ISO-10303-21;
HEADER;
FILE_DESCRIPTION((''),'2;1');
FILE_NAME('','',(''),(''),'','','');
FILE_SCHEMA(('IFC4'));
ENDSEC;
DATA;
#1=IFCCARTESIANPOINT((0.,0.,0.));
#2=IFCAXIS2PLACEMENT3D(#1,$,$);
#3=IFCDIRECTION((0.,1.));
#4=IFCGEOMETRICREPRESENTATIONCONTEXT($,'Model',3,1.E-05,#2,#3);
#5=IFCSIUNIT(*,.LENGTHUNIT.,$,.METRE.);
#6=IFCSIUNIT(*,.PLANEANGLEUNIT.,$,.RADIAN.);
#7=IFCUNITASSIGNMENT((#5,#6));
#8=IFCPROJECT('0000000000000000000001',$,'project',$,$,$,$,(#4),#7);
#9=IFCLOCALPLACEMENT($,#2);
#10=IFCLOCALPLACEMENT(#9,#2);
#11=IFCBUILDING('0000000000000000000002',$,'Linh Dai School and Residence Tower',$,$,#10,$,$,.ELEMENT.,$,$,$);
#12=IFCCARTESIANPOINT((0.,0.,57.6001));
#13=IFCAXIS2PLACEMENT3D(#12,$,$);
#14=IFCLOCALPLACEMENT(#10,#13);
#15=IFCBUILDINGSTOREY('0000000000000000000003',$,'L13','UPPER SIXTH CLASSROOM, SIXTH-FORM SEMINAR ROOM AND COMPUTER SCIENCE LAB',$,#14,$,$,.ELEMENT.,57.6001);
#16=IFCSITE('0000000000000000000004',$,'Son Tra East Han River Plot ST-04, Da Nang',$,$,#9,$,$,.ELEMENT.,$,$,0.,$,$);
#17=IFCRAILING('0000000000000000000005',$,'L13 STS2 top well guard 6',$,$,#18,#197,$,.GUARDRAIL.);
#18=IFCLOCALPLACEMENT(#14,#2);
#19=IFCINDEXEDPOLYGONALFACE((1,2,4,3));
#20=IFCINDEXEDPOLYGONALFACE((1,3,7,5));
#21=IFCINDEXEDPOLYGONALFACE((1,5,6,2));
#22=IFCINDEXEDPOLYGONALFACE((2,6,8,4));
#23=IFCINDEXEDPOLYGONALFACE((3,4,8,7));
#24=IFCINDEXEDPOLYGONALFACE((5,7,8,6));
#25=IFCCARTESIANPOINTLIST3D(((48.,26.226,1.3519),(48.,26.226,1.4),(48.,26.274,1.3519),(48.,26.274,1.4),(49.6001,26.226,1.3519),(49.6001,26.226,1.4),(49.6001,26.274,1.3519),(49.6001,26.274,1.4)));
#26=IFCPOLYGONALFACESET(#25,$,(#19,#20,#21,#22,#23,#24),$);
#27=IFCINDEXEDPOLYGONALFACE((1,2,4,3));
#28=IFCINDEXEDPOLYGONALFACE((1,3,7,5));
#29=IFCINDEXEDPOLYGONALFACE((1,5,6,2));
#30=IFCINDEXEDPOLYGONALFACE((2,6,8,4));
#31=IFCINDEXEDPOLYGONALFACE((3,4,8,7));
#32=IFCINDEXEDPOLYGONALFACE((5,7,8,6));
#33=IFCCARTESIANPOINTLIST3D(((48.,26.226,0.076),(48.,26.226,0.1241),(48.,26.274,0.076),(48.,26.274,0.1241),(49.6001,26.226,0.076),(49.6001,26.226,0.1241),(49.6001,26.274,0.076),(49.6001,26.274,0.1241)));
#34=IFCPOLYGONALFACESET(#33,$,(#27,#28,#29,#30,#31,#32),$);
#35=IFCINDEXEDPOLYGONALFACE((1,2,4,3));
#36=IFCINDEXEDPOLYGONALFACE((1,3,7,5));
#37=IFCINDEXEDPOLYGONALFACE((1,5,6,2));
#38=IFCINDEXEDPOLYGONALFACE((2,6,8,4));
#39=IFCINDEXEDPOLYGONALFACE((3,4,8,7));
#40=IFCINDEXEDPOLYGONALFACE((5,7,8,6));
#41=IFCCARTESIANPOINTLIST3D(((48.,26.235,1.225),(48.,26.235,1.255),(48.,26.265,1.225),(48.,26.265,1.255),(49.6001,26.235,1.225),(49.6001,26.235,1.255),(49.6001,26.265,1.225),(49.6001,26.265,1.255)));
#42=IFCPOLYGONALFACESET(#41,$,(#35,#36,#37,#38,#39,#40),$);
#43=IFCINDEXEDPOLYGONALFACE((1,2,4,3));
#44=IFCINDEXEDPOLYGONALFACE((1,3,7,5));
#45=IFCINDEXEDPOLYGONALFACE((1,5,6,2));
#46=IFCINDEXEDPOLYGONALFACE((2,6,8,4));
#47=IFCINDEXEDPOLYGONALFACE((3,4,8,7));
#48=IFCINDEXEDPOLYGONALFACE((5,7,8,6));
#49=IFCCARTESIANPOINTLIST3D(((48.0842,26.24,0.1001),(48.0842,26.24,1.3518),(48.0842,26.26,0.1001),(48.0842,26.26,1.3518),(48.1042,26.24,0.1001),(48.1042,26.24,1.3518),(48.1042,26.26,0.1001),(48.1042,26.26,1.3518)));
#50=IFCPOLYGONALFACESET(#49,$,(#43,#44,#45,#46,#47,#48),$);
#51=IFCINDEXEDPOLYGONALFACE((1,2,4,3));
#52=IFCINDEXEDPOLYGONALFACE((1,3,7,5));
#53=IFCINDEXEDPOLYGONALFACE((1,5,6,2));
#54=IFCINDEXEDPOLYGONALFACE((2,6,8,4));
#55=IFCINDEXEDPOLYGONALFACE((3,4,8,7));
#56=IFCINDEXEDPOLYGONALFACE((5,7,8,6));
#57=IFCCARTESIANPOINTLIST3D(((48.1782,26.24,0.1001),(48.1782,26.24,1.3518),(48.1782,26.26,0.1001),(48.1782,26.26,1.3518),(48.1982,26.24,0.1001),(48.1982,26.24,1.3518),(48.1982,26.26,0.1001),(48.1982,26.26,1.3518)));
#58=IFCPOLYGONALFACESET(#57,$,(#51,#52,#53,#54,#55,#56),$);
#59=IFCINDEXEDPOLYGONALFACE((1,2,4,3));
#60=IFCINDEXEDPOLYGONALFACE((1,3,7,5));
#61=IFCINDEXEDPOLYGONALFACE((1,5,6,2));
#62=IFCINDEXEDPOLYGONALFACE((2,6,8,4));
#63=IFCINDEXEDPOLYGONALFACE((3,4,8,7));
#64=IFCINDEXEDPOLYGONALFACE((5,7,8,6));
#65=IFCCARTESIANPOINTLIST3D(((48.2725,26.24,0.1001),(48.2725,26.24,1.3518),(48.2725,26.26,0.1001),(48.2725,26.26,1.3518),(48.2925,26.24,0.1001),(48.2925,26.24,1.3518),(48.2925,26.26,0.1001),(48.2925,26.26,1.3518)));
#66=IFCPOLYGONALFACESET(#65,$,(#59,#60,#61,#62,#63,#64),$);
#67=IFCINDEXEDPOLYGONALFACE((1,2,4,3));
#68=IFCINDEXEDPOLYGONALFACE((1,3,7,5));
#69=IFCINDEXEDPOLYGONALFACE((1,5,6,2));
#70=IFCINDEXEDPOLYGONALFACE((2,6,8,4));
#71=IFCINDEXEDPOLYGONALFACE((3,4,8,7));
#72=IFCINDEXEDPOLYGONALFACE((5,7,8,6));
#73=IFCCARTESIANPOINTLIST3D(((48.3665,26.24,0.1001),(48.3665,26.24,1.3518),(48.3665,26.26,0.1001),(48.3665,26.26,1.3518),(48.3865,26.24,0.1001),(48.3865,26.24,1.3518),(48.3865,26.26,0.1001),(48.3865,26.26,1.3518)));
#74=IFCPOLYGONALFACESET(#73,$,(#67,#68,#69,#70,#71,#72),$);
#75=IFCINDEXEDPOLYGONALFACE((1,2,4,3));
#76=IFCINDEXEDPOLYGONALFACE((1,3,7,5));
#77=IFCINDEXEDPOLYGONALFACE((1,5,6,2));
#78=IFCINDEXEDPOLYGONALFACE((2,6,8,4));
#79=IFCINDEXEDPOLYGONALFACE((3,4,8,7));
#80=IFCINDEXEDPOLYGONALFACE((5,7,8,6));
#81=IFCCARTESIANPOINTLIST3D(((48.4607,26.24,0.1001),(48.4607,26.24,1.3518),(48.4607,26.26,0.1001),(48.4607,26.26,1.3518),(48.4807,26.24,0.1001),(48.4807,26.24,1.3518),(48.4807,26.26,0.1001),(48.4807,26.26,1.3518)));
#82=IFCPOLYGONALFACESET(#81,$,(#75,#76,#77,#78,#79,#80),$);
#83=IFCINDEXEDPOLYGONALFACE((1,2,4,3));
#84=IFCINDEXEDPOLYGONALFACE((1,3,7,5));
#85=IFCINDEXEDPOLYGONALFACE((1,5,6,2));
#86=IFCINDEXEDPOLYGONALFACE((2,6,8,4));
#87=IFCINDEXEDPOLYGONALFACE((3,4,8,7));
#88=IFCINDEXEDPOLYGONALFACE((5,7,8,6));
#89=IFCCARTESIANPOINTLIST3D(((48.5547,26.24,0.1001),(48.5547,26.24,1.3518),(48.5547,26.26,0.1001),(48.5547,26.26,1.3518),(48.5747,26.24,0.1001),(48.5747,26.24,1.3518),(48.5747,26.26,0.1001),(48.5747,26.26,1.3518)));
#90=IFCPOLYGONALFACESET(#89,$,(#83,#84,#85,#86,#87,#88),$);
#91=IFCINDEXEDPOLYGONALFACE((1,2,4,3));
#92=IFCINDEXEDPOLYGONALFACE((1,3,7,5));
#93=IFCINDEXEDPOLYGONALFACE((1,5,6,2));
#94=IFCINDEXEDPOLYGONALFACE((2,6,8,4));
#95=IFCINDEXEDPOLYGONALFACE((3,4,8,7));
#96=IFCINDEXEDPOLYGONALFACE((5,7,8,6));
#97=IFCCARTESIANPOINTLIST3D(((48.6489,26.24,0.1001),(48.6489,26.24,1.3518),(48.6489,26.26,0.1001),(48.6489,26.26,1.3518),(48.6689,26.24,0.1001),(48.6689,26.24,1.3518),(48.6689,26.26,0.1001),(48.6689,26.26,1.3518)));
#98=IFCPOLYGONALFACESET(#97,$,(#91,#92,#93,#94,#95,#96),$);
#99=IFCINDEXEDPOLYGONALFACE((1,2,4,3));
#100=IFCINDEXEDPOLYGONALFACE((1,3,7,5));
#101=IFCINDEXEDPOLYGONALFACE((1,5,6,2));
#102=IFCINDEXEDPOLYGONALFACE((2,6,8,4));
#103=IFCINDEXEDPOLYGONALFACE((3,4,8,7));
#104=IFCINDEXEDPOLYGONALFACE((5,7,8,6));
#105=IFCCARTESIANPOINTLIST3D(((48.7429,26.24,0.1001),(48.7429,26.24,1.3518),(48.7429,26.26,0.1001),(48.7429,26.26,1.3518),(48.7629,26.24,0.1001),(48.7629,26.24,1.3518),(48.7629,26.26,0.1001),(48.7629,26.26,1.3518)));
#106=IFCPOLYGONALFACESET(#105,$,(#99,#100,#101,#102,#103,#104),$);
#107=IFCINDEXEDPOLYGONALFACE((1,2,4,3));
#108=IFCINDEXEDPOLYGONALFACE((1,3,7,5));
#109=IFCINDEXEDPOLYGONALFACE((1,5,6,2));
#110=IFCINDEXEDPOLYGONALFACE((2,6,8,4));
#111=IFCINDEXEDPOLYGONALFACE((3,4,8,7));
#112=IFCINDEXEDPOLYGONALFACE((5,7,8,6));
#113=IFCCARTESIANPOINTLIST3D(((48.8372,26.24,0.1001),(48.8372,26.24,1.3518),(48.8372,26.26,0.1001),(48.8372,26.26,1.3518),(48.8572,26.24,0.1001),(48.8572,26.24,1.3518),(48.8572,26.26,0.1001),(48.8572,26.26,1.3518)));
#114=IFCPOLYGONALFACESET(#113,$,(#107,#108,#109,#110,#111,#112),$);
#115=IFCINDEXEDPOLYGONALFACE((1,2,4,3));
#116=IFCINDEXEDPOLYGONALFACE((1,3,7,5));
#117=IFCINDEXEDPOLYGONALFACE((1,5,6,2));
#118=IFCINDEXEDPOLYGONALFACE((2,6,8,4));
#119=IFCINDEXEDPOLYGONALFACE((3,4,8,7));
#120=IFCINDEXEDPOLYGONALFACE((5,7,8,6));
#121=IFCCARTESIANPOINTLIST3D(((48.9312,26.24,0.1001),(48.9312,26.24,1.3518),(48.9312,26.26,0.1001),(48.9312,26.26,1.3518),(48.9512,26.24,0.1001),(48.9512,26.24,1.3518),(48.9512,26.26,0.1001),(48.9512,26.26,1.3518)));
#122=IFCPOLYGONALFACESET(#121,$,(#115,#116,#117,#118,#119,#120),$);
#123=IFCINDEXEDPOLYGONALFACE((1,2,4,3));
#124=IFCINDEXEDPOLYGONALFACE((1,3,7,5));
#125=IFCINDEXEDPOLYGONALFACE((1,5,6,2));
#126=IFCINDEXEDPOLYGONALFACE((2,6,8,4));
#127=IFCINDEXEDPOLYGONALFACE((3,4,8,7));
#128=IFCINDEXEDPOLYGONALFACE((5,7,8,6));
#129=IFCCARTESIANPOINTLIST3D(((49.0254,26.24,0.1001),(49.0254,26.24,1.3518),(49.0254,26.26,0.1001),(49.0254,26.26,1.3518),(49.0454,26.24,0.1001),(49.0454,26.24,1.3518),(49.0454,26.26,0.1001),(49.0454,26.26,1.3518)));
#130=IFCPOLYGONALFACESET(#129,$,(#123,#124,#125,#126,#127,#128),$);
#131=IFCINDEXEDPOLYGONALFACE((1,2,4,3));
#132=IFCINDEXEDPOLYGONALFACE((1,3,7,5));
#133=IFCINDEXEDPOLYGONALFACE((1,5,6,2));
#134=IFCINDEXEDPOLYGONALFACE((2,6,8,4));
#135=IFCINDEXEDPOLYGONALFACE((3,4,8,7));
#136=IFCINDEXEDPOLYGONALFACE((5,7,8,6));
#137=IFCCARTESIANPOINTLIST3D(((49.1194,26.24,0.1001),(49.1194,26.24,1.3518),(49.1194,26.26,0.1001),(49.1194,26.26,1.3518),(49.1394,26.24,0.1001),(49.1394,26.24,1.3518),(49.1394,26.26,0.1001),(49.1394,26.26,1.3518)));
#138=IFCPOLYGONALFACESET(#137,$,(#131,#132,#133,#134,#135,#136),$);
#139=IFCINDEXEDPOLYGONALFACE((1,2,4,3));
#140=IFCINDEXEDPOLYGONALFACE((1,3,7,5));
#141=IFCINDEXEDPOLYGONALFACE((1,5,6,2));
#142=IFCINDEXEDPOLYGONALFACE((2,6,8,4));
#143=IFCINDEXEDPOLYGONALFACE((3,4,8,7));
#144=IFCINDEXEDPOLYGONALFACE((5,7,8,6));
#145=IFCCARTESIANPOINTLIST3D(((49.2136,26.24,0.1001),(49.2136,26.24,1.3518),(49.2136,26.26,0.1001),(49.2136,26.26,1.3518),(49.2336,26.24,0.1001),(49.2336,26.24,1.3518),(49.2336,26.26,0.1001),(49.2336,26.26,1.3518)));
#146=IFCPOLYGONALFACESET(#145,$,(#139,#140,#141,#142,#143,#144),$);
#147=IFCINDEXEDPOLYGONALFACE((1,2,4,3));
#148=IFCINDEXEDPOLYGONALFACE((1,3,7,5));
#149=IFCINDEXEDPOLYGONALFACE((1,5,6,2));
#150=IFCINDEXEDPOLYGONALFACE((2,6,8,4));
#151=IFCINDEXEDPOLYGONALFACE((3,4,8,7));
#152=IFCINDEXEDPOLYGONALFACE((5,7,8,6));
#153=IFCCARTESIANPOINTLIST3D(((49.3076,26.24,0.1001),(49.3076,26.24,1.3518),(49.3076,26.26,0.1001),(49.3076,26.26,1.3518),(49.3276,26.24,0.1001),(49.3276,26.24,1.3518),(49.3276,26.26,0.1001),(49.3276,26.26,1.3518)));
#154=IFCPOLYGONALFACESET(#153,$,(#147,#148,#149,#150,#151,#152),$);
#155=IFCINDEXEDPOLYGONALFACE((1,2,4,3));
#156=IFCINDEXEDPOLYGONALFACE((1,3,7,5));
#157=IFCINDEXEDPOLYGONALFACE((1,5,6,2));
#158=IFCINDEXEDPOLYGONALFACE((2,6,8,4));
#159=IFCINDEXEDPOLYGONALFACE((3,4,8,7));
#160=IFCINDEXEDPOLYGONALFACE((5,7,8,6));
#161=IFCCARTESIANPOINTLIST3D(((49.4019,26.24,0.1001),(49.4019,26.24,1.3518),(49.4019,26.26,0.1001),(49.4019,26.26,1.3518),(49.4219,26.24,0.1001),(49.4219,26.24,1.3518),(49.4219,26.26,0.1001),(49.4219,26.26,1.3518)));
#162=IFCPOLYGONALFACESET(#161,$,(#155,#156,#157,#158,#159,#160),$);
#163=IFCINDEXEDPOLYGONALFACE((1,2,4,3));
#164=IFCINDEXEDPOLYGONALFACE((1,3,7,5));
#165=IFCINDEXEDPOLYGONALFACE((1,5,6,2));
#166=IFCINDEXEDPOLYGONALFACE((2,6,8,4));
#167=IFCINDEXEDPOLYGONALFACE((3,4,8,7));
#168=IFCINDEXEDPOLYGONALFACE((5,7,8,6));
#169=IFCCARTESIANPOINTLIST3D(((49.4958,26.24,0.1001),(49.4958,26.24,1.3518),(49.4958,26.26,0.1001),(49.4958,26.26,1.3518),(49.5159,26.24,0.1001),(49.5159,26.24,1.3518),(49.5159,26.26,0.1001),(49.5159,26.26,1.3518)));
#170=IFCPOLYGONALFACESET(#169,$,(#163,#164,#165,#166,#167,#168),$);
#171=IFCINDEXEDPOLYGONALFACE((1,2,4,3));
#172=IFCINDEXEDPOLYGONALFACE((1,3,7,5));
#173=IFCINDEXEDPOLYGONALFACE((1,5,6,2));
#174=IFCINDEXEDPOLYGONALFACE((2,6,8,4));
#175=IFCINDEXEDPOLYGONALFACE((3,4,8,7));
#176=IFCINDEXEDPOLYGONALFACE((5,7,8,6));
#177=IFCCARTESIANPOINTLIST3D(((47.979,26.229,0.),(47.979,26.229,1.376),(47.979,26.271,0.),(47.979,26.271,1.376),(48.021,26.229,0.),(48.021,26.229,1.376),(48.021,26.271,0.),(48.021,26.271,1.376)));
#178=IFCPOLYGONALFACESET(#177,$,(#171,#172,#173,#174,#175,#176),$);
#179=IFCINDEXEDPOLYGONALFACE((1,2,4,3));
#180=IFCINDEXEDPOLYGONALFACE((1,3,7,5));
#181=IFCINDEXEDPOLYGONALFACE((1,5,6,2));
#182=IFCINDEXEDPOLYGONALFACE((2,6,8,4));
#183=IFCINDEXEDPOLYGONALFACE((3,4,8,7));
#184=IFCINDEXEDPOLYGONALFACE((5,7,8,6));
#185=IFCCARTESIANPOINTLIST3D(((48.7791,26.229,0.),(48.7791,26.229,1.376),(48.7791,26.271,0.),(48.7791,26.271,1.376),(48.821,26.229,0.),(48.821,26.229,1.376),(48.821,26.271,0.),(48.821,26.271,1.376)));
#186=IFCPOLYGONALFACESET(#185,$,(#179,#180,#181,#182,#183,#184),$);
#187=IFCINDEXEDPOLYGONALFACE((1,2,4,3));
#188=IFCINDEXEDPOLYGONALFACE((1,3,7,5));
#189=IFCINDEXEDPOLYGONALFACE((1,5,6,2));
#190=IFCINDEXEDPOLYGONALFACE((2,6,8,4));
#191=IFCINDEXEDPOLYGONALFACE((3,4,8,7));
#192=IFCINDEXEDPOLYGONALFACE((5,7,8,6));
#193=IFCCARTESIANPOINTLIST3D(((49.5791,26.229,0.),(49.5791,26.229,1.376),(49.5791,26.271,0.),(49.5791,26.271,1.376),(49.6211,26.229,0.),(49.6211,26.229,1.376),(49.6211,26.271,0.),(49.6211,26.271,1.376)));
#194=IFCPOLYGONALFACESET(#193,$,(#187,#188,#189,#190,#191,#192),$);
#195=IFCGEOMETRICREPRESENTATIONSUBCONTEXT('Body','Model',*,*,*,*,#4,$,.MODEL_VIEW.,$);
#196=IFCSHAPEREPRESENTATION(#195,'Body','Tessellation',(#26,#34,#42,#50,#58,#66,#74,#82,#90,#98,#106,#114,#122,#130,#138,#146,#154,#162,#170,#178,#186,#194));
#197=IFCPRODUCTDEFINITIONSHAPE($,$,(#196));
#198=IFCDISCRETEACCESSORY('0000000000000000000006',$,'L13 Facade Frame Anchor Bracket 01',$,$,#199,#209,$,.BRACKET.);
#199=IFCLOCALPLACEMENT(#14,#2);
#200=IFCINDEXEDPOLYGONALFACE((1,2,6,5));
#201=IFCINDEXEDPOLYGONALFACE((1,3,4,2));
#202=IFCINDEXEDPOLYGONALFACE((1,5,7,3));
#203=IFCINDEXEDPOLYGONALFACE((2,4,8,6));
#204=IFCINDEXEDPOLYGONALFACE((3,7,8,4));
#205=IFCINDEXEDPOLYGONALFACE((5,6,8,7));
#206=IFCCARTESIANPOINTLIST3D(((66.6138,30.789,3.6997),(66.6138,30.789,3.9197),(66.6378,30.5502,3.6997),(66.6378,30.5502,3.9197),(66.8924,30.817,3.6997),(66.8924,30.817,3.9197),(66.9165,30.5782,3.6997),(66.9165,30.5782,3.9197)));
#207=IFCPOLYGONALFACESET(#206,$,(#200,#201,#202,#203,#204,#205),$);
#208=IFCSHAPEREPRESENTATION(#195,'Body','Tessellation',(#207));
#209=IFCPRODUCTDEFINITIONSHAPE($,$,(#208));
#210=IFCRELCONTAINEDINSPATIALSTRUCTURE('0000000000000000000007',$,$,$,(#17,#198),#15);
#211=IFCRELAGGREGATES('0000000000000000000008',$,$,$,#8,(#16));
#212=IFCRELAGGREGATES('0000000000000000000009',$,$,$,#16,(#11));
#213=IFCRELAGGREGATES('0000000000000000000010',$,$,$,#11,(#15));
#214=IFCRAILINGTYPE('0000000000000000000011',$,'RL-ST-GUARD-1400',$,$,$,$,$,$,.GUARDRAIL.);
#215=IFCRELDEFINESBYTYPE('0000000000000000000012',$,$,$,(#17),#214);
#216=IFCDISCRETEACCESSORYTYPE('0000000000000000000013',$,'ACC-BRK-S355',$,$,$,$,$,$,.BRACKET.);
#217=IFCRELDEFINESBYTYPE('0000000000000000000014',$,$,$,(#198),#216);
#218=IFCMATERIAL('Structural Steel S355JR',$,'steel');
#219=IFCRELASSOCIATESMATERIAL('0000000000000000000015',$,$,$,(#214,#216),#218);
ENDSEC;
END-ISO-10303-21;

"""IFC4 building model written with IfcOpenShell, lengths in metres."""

from ifc_helpers import new_model, si_unit, direction, frame, origin, origin_2d, place, context, subcontext, project, spatial, rectangle, extrude, source, transform, mapped, material, type_object, element, save


model = new_model("IFC4")

# Units and contexts
model_context = context("Model", 3, precision=1e-05, world=origin(), true_north=direction((0.0, 1.0)))
body_context = subcontext(model_context, "Body", "Model", "MODEL_VIEW")
ifc_project = project(units=[si_unit("LENGTHUNIT", "METRE"), si_unit("PLANEANGLEUNIT", "RADIAN")], contexts=[model_context])

# Site, building, storey
site_placement = place(None, origin())
site = spatial("IfcSite", under=ifc_project, at=site_placement, Name="Son Tra East Han River Plot ST-04, Da Nang", CompositionType="ELEMENT", RefElevation=0.0)
building_placement = place(site_placement, origin())
building = spatial("IfcBuilding", under=site, at=building_placement, Name="Linh Dai School and Residence Tower", CompositionType="ELEMENT")
storey_placement = place(building_placement, frame((0.0, 0.0, 57.6001)))
storey = spatial("IfcBuildingStorey", under=building, at=storey_placement, Name="L13", Description="UPPER SIXTH CLASSROOM, SIXTH-FORM SEMINAR ROOM AND COMPUTER SCIENCE LAB", CompositionType="ELEMENT", Elevation=57.6001)

# Shared definitions
ifc_material_1 = material(Name="Structural Steel S355JR", Category="steel")

# Railing
railing_type = type_object("IfcRailingType", Name="RL-ST-GUARD-1400", PredefinedType="GUARDRAIL", material=ifc_material_1)
shared_shape_1 = source(origin(), body_context, "Body", "SweptSolid", [
    extrude(rectangle(XDim=0.0481, YDim=0.0481, at=origin_2d()), frame((0.0, 0.0, 1.376), z_axis=(1.0, 0.0, 0.0), x_axis=(0.0, 1.0, 0.0)), (0.0, 0.0, 1.0), 1.6001),
    extrude(rectangle(XDim=0.0481, YDim=0.0481, at=origin_2d()), frame((0.0, 0.0, 0.1001), z_axis=(1.0, 0.0, 0.0), x_axis=(0.0, 1.0, 0.0)), (0.0, 0.0, 1.0), 1.6001),
    extrude(rectangle(XDim=0.03, YDim=0.03, at=origin_2d()), frame((0.0, 0.0, 1.24), z_axis=(1.0, 0.0, 0.0), x_axis=(0.0, 1.0, 0.0)), (0.0, 0.0, 1.0), 1.6001),
    extrude(rectangle(XDim=0.02, YDim=0.02, at=origin_2d()), frame((0.0942, 0.0, 0.1001)), (0.0, 0.0, 1.0), 1.2517),
    extrude(rectangle(XDim=0.02, YDim=0.02, at=origin_2d()), frame((0.1882, 0.0, 0.1001)), (0.0, 0.0, 1.0), 1.2517),
    extrude(rectangle(XDim=0.02, YDim=0.02, at=origin_2d()), frame((0.2825, 0.0, 0.1001)), (0.0, 0.0, 1.0), 1.2517),
    extrude(rectangle(XDim=0.02, YDim=0.02, at=origin_2d()), frame((0.3765, 0.0, 0.1001)), (0.0, 0.0, 1.0), 1.2517),
    extrude(rectangle(XDim=0.02, YDim=0.02, at=origin_2d()), frame((0.4707, 0.0, 0.1001)), (0.0, 0.0, 1.0), 1.2517),
    extrude(rectangle(XDim=0.02, YDim=0.02, at=origin_2d()), frame((0.5647, 0.0, 0.1001)), (0.0, 0.0, 1.0), 1.2517),
    extrude(rectangle(XDim=0.02, YDim=0.02, at=origin_2d()), frame((0.6589, 0.0, 0.1001)), (0.0, 0.0, 1.0), 1.2517),
    extrude(rectangle(XDim=0.02, YDim=0.02, at=origin_2d()), frame((0.7529, 0.0, 0.1001)), (0.0, 0.0, 1.0), 1.2517),
    extrude(rectangle(XDim=0.02, YDim=0.02, at=origin_2d()), frame((0.8472, 0.0, 0.1001)), (0.0, 0.0, 1.0), 1.2517),
    extrude(rectangle(XDim=0.02, YDim=0.02, at=origin_2d()), frame((0.9412, 0.0, 0.1001)), (0.0, 0.0, 1.0), 1.2517),
    extrude(rectangle(XDim=0.02, YDim=0.02, at=origin_2d()), frame((1.0354, 0.0, 0.1001)), (0.0, 0.0, 1.0), 1.2517),
    extrude(rectangle(XDim=0.02, YDim=0.02, at=origin_2d()), frame((1.1294, 0.0, 0.1001)), (0.0, 0.0, 1.0), 1.2517),
    extrude(rectangle(XDim=0.02, YDim=0.02, at=origin_2d()), frame((1.2236, 0.0, 0.1001)), (0.0, 0.0, 1.0), 1.2517),
    extrude(rectangle(XDim=0.02, YDim=0.02, at=origin_2d()), frame((1.3176, 0.0, 0.1001)), (0.0, 0.0, 1.0), 1.2517),
    extrude(rectangle(XDim=0.02, YDim=0.02, at=origin_2d()), frame((1.4119, 0.0, 0.1001)), (0.0, 0.0, 1.0), 1.2517),
    extrude(rectangle(XDim=0.02, YDim=0.02, at=origin_2d()), frame((1.5059, 0.0, 0.1001)), (0.0, 0.0, 1.0), 1.2517),
    extrude(rectangle(XDim=0.042, YDim=0.042, at=origin_2d()), origin(), (0.0, 0.0, 1.0), 1.376),
    extrude(rectangle(XDim=0.042, YDim=0.042, at=origin_2d()), frame((0.8, 0.0, 0.0)), (0.0, 0.0, 1.0), 1.376),
    extrude(rectangle(XDim=0.042, YDim=0.042, at=origin_2d()), frame((1.6001, 0.0, 0.0)), (0.0, 0.0, 1.0), 1.376),
])
railing_1_placement = place(storey_placement, frame((48.0, 26.25, 0.0)))
element("IfcRailing", 1, at=railing_1_placement, inside=storey, type_object=railing_type, Name="L13 STS2 top well guard 6", PredefinedType="GUARDRAIL", context=body_context, shape_type="MappedRepresentation", body=[
    mapped(shared_shape_1, transform((0.0, 0.0, 0.0), x_axis=(1.0, 0.0, 0.0), y_axis=(0.0, 1.0, 0.0), z_axis=(0.0, 0.0, 1.0), scale=1.0)),
])

# Discrete accessory
discrete_accessory_type = type_object("IfcDiscreteAccessoryType", Name="ACC-BRK-S355", PredefinedType="BRACKET", material=ifc_material_1)
shared_shape_2 = source(origin(), body_context, "Body", "SweptSolid", [
    extrude(rectangle(XDim=0.28, YDim=0.24, at=origin_2d()), origin(), (0.0, 0.0, 1.0), 0.22),
])
discrete_accessory_placement = place(storey_placement, frame((66.7651, 30.6836, 3.6997), z_axis=(0.0, 0.0, 1.0), x_axis=(0.994986, 0.100009, 0.0)))
element("IfcDiscreteAccessory", 2, at=discrete_accessory_placement, inside=storey, type_object=discrete_accessory_type, Name="L13 Facade Frame Anchor Bracket 01", PredefinedType="BRACKET", context=body_context, shape_type="MappedRepresentation", body=[
    mapped(shared_shape_2, transform((0.0, 0.0, 0.0), x_axis=(1.0, 0.0, 0.0), y_axis=(0.0, 1.0, 0.0), z_axis=(0.0, 0.0, 1.0), scale=1.0)),
])

save(model, "model.ifc")
